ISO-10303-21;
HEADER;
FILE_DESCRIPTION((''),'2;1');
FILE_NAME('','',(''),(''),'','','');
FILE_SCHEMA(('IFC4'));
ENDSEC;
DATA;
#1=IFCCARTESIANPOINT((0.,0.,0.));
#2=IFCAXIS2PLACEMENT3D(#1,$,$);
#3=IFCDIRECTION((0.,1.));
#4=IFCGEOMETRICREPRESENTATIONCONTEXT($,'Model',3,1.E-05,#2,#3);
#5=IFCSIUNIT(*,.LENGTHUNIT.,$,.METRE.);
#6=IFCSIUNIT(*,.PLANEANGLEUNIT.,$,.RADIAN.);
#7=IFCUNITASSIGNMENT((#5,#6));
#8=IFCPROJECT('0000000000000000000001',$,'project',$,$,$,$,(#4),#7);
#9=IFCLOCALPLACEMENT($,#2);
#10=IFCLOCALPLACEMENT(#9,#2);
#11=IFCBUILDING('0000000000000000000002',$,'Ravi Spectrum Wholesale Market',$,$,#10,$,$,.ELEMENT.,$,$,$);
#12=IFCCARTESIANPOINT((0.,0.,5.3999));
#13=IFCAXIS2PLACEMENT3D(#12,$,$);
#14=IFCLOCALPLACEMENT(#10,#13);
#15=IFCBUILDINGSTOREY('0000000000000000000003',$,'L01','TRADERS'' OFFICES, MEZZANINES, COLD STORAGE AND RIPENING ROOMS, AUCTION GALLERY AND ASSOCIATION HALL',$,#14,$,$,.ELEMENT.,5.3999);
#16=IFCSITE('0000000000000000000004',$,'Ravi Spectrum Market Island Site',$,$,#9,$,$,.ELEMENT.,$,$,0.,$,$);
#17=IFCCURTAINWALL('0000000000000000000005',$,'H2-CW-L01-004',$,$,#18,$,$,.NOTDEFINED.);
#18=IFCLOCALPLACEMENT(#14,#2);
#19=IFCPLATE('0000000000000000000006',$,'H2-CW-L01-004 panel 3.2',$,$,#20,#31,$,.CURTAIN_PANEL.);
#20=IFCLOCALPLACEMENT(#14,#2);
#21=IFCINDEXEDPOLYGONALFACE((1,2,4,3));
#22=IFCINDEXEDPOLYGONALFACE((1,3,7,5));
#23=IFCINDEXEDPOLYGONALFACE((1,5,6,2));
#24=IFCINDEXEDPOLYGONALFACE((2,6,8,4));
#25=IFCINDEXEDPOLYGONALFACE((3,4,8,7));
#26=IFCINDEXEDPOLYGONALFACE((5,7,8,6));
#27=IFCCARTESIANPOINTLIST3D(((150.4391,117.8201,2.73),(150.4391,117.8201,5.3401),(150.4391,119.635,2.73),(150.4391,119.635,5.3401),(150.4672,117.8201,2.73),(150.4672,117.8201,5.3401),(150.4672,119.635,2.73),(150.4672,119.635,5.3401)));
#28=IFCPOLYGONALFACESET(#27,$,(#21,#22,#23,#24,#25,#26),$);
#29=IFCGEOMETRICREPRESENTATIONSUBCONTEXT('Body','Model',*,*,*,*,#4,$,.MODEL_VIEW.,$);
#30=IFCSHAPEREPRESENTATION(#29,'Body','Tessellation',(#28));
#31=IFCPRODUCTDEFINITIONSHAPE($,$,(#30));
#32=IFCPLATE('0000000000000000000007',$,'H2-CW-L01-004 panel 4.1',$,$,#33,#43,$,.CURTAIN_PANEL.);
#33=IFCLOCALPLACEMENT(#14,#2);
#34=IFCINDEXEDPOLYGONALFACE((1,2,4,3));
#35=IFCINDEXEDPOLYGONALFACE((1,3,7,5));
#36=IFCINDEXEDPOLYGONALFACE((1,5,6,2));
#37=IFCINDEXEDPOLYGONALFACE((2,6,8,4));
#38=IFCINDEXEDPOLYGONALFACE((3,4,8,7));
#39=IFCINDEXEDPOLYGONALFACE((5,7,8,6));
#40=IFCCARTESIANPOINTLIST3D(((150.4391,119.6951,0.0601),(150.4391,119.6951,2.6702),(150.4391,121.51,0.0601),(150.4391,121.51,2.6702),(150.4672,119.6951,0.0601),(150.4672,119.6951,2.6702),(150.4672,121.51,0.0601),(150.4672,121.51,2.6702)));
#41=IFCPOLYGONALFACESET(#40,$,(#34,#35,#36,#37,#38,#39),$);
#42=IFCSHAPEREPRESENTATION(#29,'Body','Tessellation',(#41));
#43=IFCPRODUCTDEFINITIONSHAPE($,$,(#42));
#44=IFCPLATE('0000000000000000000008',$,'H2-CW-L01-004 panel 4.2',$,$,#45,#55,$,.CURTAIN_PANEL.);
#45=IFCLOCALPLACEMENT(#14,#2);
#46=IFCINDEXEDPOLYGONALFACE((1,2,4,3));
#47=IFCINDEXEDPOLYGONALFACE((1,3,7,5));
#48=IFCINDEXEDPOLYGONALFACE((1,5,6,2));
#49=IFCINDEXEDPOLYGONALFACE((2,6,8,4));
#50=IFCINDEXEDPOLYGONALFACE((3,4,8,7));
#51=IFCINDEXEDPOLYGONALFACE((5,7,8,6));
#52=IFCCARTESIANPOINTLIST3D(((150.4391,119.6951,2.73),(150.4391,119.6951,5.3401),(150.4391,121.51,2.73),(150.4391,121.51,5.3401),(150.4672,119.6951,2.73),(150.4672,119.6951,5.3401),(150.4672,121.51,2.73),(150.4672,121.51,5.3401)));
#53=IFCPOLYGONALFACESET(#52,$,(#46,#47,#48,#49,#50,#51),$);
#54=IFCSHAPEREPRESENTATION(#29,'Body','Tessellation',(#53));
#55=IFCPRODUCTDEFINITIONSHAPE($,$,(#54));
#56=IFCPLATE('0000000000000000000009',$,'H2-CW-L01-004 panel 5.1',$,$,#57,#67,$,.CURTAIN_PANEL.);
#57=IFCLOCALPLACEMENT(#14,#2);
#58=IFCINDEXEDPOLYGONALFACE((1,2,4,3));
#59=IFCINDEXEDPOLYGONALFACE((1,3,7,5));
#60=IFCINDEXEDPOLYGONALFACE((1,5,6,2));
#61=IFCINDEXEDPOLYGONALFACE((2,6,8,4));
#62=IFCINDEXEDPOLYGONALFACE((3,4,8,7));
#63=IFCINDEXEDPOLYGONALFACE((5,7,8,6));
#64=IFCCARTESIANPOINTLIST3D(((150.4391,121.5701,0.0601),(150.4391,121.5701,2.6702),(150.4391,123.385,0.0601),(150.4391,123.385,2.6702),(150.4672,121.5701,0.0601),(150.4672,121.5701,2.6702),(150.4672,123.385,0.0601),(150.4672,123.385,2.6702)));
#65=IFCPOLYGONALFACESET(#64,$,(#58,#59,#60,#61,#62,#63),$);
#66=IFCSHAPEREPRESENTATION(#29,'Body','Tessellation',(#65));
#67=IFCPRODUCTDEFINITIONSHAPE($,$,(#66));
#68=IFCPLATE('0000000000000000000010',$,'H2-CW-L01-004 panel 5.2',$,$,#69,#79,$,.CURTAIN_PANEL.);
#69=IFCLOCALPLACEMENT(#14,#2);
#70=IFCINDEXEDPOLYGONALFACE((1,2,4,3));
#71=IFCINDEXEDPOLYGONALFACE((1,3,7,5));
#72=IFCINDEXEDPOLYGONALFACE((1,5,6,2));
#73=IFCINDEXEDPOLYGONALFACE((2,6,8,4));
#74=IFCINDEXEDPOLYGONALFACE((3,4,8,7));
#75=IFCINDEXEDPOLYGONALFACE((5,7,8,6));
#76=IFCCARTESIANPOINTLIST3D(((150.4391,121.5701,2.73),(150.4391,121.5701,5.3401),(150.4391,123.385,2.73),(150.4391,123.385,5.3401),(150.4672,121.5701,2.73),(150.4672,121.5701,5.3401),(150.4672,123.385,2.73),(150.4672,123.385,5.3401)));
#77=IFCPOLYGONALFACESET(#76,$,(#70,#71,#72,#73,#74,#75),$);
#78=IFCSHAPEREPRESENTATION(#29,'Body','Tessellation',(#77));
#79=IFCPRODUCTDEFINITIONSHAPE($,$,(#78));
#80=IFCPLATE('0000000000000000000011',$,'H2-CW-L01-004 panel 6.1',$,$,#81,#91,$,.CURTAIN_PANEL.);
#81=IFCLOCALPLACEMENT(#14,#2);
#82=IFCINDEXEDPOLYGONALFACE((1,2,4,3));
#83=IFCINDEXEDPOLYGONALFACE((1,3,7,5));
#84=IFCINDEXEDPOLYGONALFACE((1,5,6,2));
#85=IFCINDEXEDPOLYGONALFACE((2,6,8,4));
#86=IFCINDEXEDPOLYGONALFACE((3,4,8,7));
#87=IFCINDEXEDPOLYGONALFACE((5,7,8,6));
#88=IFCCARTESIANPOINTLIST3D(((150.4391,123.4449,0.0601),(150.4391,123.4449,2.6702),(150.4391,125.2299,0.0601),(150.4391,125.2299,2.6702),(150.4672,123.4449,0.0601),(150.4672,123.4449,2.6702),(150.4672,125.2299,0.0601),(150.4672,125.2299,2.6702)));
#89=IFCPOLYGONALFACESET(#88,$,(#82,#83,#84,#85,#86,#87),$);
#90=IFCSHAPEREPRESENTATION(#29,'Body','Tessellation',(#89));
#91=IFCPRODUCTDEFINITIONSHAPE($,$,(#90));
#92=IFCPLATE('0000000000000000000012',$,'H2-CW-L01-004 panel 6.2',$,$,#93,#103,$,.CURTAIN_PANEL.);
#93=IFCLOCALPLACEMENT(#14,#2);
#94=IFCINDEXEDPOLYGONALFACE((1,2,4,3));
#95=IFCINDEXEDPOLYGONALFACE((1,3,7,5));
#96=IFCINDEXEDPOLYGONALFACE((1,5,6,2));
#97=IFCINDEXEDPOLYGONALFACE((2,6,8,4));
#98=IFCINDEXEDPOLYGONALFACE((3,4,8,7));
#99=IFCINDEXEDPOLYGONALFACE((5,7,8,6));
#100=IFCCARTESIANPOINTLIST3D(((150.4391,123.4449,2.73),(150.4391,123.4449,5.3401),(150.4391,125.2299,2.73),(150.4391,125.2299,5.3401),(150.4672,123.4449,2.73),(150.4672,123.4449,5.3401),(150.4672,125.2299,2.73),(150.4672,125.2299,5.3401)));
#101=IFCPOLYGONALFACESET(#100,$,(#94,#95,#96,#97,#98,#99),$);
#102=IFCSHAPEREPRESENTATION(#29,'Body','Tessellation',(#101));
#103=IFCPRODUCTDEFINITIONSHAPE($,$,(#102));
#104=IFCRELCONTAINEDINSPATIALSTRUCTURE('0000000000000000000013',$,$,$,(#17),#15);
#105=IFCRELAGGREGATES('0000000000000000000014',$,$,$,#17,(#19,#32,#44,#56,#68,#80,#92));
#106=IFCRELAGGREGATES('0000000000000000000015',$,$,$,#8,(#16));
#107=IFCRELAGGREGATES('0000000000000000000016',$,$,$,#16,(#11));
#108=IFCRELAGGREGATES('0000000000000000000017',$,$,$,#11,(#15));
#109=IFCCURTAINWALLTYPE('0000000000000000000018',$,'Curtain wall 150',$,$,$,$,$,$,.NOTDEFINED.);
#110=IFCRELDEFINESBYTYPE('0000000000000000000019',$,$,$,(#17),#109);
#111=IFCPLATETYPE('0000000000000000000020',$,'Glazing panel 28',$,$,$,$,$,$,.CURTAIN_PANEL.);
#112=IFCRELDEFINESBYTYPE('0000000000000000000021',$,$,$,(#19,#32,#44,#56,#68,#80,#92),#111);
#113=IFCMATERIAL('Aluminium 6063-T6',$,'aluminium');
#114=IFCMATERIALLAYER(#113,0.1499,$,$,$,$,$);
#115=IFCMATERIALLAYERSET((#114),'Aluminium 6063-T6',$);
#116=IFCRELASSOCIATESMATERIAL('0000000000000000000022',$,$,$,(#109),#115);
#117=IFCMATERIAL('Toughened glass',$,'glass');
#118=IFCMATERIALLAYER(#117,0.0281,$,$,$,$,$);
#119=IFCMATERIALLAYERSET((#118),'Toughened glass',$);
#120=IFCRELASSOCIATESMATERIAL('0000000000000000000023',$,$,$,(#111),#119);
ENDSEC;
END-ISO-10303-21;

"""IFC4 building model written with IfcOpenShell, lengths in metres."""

from ifc_helpers import new_model, si_unit, direction, frame, origin, origin_2d, place, context, subcontext, project, spatial, rectangle, extrude, material, layer, layer_set, type_object, element, aggregate, save


model = new_model("IFC4")

# Units and contexts
model_context = context("Model", 3, precision=1e-05, world=origin(), true_north=direction((0.0, 1.0)))
body_context = subcontext(model_context, "Body", "Model", "MODEL_VIEW")
ifc_project = project(units=[si_unit("LENGTHUNIT", "METRE"), si_unit("PLANEANGLEUNIT", "RADIAN")], contexts=[model_context])

# Site, building, storey
site_placement = place(None, origin())
site = spatial("IfcSite", under=ifc_project, at=site_placement, Name="Ravi Spectrum Market Island Site", CompositionType="ELEMENT", RefElevation=0.0)
building_placement = place(site_placement, origin())
building = spatial("IfcBuilding", under=site, at=building_placement, Name="Ravi Spectrum Wholesale Market", CompositionType="ELEMENT")
storey_placement = place(building_placement, frame((0.0, 0.0, 5.3999)))
storey = spatial("IfcBuildingStorey", under=building, at=storey_placement, Name="L01", Description="TRADERS' OFFICES, MEZZANINES, COLD STORAGE AND RIPENING ROOMS, AUCTION GALLERY AND ASSOCIATION HALL", CompositionType="ELEMENT", Elevation=5.3999)

# Curtain wall
ifc_material_1 = material(Name="Aluminium 6063-T6", Category="aluminium")
ifc_layer_1 = layer(ifc_material_1, 0.1499)
ifc_layer_set_1 = layer_set([ifc_layer_1], Name="Aluminium 6063-T6")
curtain_wall_type = type_object("IfcCurtainWallType", Name="Curtain wall 150", PredefinedType="NOTDEFINED", material=ifc_layer_set_1)
curtain_wall_1_placement = place(storey_placement, origin())
curtain_wall_1 = element("IfcCurtainWall", 1, at=curtain_wall_1_placement, inside=storey, type_object=curtain_wall_type, Name="H2-CW-L01-004", PredefinedType="NOTDEFINED")

# Plates
ifc_material_2 = material(Name="Toughened glass", Category="glass")
ifc_layer_2 = layer(ifc_material_2, 0.0281)
ifc_layer_set_2 = layer_set([ifc_layer_2], Name="Toughened glass")
plate_type = type_object("IfcPlateType", Name="Glazing panel 28", PredefinedType="CURTAIN_PANEL", material=ifc_layer_set_2)
plate_1_placement = place(storey_placement, frame((150.4531, 118.7275, 2.73), z_axis=(0.0, 0.0, 1.0), x_axis=(0.0, 1.0, 0.0)))
plate_1 = element("IfcPlate", 2, at=plate_1_placement, type_object=plate_type, Name="H2-CW-L01-004 panel 3.2", PredefinedType="CURTAIN_PANEL", context=body_context, shape_type="SweptSolid", body=[
    extrude(rectangle(XDim=1.8149, YDim=0.0281, at=origin_2d()), origin(), (0.0, 0.0, 1.0), 2.6101),
])
plate_2_placement = place(storey_placement, frame((150.4531, 120.6025, 0.0601), z_axis=(0.0, 0.0, 1.0), x_axis=(0.0, 1.0, 0.0)))
plate_2 = element("IfcPlate", 3, at=plate_2_placement, type_object=plate_type, Name="H2-CW-L01-004 panel 4.1", PredefinedType="CURTAIN_PANEL", context=body_context, shape_type="SweptSolid", body=[
    extrude(rectangle(XDim=1.8149, YDim=0.0281, at=origin_2d()), origin(), (0.0, 0.0, 1.0), 2.6101),
])
plate_3_placement = place(storey_placement, frame((150.4531, 120.6025, 2.73), z_axis=(0.0, 0.0, 1.0), x_axis=(0.0, 1.0, 0.0)))
plate_3 = element("IfcPlate", 4, at=plate_3_placement, type_object=plate_type, Name="H2-CW-L01-004 panel 4.2", PredefinedType="CURTAIN_PANEL", context=body_context, shape_type="SweptSolid", body=[
    extrude(rectangle(XDim=1.8149, YDim=0.0281, at=origin_2d()), origin(), (0.0, 0.0, 1.0), 2.6101),
])
plate_4_placement = place(storey_placement, frame((150.4531, 122.4775, 0.0601), z_axis=(0.0, 0.0, 1.0), x_axis=(0.0, 1.0, 0.0)))
plate_4 = element("IfcPlate", 5, at=plate_4_placement, type_object=plate_type, Name="H2-CW-L01-004 panel 5.1", PredefinedType="CURTAIN_PANEL", context=body_context, shape_type="SweptSolid", body=[
    extrude(rectangle(XDim=1.8149, YDim=0.0281, at=origin_2d()), origin(), (0.0, 0.0, 1.0), 2.6101),
])
plate_5_placement = place(storey_placement, frame((150.4531, 122.4775, 2.73), z_axis=(0.0, 0.0, 1.0), x_axis=(0.0, 1.0, 0.0)))
plate_5 = element("IfcPlate", 6, at=plate_5_placement, type_object=plate_type, Name="H2-CW-L01-004 panel 5.2", PredefinedType="CURTAIN_PANEL", context=body_context, shape_type="SweptSolid", body=[
    extrude(rectangle(XDim=1.8149, YDim=0.0281, at=origin_2d()), origin(), (0.0, 0.0, 1.0), 2.6101),
])
plate_6_placement = place(storey_placement, frame((150.4531, 124.3374, 0.0601), z_axis=(0.0, 0.0, 1.0), x_axis=(0.0, 1.0, 0.0)))
plate_6 = element("IfcPlate", 7, at=plate_6_placement, type_object=plate_type, Name="H2-CW-L01-004 panel 6.1", PredefinedType="CURTAIN_PANEL", context=body_context, shape_type="SweptSolid", body=[
    extrude(rectangle(XDim=1.7849, YDim=0.0281, at=origin_2d()), origin(), (0.0, 0.0, 1.0), 2.6101),
])
plate_7_placement = place(storey_placement, frame((150.4531, 124.3374, 2.73), z_axis=(0.0, 0.0, 1.0), x_axis=(0.0, 1.0, 0.0)))
plate_7 = element("IfcPlate", 8, at=plate_7_placement, type_object=plate_type, Name="H2-CW-L01-004 panel 6.2", PredefinedType="CURTAIN_PANEL", context=body_context, shape_type="SweptSolid", body=[
    extrude(rectangle(XDim=1.7849, YDim=0.0281, at=origin_2d()), origin(), (0.0, 0.0, 1.0), 2.6101),
])
aggregate(curtain_wall_1, [plate_1, plate_2, plate_3, plate_4, plate_5, plate_6, plate_7])

save(model, "model.ifc")
